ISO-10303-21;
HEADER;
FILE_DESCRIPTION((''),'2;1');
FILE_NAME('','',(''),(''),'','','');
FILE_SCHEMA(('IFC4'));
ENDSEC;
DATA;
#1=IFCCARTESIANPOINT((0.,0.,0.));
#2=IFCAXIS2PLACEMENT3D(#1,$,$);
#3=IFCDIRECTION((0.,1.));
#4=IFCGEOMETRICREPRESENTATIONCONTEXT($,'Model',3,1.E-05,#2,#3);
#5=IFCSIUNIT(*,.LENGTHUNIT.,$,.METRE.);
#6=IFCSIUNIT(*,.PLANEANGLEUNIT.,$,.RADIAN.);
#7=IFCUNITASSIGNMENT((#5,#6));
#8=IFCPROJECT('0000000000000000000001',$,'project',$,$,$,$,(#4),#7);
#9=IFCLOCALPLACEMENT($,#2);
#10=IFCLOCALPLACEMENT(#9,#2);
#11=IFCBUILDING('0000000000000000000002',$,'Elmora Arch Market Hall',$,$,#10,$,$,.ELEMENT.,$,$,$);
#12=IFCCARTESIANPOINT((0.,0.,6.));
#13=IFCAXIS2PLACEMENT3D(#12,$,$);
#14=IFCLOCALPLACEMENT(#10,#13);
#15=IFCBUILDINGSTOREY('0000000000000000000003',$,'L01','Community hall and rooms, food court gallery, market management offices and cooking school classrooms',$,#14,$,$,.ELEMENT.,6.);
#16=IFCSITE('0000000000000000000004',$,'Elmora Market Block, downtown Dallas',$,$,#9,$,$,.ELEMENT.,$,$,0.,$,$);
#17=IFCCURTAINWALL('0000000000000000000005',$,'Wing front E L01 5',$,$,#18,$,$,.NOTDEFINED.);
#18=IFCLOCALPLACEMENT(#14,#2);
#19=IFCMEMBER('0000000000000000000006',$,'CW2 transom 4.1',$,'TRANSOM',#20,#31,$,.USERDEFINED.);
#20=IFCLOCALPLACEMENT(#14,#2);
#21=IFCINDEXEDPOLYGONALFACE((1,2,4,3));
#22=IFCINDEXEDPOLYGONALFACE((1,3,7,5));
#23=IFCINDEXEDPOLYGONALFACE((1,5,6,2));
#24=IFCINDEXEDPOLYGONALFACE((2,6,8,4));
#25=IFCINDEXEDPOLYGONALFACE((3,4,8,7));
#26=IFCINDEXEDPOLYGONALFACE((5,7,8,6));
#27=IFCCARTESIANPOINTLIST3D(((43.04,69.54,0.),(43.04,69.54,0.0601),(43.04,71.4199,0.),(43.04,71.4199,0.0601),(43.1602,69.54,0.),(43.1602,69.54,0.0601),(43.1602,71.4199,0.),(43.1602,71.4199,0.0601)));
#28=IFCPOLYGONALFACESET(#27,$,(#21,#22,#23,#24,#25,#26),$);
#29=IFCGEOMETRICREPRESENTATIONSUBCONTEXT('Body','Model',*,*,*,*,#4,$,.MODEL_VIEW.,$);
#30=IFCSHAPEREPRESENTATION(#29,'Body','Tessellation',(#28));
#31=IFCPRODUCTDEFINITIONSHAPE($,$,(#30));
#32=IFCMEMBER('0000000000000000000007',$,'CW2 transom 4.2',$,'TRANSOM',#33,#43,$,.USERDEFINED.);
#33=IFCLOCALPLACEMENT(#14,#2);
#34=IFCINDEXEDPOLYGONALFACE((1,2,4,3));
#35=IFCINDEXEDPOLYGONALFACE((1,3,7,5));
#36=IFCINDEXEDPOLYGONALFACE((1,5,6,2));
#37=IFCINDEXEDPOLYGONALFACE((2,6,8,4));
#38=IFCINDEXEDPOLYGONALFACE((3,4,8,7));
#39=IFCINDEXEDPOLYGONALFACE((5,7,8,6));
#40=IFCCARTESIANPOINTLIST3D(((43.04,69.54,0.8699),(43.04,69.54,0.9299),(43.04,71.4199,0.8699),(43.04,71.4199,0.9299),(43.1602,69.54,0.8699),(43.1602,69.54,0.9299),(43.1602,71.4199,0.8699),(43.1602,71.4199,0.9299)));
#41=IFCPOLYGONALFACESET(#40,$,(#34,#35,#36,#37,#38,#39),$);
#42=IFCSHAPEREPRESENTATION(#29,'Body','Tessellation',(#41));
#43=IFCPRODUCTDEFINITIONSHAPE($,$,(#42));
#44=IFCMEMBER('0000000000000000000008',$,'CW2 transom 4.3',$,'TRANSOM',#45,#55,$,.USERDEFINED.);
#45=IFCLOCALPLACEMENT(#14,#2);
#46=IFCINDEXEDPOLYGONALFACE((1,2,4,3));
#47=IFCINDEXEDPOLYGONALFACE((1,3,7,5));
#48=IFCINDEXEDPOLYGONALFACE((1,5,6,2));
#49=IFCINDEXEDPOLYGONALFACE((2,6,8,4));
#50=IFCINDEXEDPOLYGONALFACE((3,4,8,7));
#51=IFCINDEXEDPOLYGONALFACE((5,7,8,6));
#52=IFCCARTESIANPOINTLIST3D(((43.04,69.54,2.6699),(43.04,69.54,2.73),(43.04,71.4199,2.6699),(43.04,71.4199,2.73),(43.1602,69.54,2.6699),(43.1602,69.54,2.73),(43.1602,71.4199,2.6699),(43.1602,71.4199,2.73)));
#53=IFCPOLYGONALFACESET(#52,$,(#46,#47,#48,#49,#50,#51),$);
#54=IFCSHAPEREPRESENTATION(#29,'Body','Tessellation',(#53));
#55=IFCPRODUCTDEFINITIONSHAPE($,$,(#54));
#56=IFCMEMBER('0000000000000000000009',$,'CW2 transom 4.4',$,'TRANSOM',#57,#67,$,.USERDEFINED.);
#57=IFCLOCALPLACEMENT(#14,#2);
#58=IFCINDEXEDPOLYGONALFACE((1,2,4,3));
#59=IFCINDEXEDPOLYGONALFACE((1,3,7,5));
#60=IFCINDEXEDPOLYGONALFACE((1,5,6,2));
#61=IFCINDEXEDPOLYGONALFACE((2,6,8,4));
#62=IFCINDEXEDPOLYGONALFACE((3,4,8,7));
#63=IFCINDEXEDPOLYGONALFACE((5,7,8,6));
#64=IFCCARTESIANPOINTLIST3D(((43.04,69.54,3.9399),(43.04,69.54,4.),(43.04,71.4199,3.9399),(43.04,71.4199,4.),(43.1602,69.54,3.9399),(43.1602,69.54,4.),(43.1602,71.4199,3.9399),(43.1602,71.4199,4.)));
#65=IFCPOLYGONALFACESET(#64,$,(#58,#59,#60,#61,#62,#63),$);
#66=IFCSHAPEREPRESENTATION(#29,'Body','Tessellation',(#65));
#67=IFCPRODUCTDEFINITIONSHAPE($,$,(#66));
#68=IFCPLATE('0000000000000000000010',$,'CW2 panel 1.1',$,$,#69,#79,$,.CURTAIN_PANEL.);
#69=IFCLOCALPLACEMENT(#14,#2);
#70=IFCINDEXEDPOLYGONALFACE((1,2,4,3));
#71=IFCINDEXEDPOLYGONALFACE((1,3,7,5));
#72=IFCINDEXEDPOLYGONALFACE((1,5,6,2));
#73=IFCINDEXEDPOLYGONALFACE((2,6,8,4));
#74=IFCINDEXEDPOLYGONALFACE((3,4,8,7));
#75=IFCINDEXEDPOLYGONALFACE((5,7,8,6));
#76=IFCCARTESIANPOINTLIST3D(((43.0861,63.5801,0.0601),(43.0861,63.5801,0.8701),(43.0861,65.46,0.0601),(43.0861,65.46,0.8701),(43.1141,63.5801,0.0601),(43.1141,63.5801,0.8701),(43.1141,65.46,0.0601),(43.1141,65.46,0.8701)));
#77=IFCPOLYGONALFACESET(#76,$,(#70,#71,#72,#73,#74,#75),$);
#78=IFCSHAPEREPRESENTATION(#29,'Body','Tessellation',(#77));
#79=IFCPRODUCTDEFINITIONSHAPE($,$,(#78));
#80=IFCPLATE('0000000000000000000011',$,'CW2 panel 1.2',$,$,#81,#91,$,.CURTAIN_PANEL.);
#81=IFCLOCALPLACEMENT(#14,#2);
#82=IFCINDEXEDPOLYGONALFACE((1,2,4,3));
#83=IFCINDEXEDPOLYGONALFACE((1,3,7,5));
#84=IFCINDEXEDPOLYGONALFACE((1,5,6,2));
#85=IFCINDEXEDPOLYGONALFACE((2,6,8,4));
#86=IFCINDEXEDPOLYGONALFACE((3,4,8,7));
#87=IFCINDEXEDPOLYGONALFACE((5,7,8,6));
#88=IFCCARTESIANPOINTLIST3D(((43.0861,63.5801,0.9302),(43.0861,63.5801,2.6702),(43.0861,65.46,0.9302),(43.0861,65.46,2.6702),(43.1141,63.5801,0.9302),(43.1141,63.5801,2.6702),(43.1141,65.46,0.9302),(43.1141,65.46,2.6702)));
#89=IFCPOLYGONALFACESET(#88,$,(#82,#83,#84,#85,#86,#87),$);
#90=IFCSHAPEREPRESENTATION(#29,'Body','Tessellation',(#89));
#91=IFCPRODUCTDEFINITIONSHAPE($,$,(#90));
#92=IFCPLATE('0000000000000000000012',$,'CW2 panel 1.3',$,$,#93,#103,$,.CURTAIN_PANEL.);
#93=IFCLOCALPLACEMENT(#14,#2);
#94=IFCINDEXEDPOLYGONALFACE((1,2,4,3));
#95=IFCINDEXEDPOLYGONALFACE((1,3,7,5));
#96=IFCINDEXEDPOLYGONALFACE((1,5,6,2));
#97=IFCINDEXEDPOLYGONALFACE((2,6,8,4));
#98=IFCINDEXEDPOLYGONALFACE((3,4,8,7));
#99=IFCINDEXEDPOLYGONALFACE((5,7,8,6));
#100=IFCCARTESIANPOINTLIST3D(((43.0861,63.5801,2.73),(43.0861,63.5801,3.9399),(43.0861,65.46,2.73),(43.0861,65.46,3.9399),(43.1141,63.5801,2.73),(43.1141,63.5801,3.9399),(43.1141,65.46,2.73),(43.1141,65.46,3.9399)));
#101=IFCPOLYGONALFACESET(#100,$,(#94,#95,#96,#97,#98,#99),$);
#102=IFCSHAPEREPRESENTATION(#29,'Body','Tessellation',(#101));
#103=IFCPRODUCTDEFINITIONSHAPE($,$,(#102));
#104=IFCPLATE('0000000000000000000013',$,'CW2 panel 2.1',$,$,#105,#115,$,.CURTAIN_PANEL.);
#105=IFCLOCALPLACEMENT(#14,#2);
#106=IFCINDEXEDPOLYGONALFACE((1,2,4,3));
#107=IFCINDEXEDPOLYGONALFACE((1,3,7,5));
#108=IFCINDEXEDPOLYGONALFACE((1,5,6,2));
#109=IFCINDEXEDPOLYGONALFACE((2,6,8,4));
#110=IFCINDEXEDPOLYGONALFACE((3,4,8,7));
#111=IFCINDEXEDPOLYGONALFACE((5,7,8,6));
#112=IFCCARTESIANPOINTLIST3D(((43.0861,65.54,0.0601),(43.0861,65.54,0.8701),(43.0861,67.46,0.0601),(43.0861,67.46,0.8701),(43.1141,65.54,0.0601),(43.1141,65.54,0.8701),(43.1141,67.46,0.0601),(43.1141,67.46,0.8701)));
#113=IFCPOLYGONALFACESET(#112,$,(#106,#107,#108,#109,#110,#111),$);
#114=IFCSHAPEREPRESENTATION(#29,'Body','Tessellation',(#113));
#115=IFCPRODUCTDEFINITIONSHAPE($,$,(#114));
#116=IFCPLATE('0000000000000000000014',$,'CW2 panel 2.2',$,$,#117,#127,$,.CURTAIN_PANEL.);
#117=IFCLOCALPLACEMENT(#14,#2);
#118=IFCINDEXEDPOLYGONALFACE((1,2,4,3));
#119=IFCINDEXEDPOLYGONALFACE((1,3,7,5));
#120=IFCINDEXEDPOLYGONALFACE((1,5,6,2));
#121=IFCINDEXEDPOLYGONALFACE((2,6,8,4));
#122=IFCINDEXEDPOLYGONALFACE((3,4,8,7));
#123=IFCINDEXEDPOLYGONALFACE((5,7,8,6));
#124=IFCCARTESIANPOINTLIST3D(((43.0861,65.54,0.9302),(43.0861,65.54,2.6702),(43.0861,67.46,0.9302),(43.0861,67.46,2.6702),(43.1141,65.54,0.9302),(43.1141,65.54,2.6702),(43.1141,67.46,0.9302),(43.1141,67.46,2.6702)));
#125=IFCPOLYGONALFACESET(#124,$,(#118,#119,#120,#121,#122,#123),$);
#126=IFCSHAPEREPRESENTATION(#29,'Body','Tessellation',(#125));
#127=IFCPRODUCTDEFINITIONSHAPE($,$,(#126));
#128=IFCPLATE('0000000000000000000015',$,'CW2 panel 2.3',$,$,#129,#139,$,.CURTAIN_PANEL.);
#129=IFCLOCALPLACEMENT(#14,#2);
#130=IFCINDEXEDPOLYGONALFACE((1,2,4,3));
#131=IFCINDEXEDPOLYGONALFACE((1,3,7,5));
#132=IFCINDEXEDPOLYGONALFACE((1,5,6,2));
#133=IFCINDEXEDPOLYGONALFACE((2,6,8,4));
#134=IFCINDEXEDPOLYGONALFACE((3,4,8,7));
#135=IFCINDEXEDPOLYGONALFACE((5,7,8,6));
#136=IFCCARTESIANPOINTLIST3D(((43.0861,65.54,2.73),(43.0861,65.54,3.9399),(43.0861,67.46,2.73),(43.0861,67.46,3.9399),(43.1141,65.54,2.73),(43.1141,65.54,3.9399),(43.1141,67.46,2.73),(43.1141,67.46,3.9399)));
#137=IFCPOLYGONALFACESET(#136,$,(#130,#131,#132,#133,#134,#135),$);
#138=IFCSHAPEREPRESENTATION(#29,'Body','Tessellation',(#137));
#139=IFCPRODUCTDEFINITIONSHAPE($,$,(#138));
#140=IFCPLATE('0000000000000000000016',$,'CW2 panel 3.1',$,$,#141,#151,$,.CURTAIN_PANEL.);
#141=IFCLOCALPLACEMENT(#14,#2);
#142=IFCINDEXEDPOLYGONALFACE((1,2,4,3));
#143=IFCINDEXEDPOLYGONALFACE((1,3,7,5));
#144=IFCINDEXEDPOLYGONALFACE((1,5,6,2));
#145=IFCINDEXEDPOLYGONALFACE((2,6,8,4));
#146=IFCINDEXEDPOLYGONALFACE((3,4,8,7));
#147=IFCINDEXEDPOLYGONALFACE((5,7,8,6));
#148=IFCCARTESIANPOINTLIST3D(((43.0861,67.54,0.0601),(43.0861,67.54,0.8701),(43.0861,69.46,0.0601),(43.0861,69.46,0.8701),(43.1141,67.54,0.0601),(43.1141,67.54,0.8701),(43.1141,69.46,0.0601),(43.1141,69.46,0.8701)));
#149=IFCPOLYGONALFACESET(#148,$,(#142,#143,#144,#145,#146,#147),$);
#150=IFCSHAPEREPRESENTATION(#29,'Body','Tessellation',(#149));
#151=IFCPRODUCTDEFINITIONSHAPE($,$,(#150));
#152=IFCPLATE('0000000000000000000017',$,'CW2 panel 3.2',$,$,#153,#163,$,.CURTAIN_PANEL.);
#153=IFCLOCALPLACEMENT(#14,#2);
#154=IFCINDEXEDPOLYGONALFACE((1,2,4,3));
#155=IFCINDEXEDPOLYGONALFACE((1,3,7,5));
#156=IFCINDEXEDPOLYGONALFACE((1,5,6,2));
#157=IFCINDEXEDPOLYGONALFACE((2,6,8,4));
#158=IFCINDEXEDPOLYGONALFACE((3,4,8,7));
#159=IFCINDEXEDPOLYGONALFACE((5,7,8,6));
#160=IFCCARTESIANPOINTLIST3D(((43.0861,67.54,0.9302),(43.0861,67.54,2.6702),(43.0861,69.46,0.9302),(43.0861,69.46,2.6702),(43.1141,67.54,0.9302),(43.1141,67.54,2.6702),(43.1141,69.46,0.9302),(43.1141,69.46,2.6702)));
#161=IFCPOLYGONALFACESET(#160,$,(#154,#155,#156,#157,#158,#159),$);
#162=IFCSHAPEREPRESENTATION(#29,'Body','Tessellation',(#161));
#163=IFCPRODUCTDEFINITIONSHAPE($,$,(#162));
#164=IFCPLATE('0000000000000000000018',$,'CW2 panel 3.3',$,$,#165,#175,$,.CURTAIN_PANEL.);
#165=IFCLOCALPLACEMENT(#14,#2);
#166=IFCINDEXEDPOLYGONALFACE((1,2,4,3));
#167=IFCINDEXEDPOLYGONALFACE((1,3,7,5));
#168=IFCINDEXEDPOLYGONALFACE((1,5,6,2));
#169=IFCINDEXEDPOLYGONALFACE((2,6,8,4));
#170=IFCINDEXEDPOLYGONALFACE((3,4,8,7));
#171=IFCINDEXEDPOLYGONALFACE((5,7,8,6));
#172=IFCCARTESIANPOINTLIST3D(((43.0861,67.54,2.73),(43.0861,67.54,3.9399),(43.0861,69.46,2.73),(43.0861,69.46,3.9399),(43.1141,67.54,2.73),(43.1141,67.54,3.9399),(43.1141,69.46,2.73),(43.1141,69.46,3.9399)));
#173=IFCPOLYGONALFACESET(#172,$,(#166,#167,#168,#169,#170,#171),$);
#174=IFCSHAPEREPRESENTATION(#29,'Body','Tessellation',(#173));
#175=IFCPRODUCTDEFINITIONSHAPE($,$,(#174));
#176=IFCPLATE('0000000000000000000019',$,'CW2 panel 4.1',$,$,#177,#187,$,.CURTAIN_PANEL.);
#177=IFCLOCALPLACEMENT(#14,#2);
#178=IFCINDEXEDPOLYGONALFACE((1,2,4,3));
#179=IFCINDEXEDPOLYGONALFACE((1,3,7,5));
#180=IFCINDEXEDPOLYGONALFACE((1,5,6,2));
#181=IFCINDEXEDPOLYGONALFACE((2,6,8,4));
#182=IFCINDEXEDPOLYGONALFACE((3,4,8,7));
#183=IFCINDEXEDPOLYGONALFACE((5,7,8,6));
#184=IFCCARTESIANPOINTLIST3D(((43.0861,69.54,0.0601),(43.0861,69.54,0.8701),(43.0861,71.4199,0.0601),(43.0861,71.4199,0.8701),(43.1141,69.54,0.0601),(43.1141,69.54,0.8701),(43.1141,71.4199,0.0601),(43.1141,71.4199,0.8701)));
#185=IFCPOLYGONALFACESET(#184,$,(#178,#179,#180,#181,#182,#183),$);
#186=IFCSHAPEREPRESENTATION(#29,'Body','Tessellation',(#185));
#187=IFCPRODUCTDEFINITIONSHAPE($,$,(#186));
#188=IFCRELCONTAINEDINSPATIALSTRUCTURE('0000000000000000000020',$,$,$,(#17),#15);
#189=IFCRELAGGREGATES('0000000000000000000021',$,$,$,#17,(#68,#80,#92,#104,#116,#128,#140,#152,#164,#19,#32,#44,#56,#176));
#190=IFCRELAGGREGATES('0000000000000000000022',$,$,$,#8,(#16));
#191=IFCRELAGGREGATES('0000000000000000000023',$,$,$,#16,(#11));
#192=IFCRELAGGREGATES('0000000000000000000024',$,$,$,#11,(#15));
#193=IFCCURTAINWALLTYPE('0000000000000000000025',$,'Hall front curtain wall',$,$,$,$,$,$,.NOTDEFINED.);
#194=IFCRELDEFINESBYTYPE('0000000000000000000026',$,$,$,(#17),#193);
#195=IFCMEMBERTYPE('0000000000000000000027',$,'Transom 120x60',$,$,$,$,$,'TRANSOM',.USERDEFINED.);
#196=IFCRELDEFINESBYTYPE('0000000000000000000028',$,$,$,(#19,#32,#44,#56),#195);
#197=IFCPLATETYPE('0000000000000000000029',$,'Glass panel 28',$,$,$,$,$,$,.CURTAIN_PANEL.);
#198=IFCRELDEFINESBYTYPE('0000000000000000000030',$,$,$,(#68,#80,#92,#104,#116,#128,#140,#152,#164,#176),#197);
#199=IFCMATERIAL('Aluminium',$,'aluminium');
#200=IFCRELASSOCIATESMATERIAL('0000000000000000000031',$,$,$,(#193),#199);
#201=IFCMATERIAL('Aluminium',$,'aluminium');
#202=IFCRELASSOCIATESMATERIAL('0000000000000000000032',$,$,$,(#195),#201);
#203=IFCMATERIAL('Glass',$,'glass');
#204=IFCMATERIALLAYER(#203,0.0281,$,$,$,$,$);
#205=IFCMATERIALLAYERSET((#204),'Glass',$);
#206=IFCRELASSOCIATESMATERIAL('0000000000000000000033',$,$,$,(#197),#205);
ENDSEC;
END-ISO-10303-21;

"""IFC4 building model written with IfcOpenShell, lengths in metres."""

from ifc_helpers import new_model, si_unit, direction, frame, origin, origin_2d, place, context, subcontext, project, spatial, rectangle, extrude, material, layer, layer_set, material_profile, profile_set, type_object, element, aggregate, save


model = new_model("IFC4")

# Units and contexts
model_context = context("Model", 3, precision=1e-05, world=origin(), true_north=direction((0.0, 1.0)))
body_context = subcontext(model_context, "Body", "Model", "MODEL_VIEW")
ifc_project = project(units=[si_unit("LENGTHUNIT", "METRE"), si_unit("PLANEANGLEUNIT", "RADIAN")], contexts=[model_context])

# Site, building, storey
site_placement = place(None, origin())
site = spatial("IfcSite", under=ifc_project, at=site_placement, Name="Elmora Market Block, downtown Dallas", CompositionType="ELEMENT", RefElevation=0.0)
building_placement = place(site_placement, origin())
building = spatial("IfcBuilding", under=site, at=building_placement, Name="Elmora Arch Market Hall", CompositionType="ELEMENT")
storey_placement = place(building_placement, frame((0.0, 0.0, 6.0)))
storey = spatial("IfcBuildingStorey", under=building, at=storey_placement, Name="L01", Description="Community hall and rooms, food court gallery, market management offices and cooking school classrooms", CompositionType="ELEMENT", Elevation=6.0)

# Curtain wall, members, plates
ifc_material_1 = material(Name="Aluminium", Category="aluminium")
curtain_wall_type = type_object("IfcCurtainWallType", Name="Hall front curtain wall", PredefinedType="NOTDEFINED", material=ifc_material_1)
curtain_wall_placement = place(storey_placement, origin())
curtain_wall = element("IfcCurtainWall", 1, at=curtain_wall_placement, inside=storey, type_object=curtain_wall_type, Name="Wing front E L01 5", PredefinedType="NOTDEFINED")
ifc_material_2 = material(Name="Aluminium", Category="aluminium")
ifc_material_profile_1 = material_profile(ifc_material_2, rectangle(XDim=0.1201, YDim=0.0601, at=origin_2d()), Name="AL 120x60")
ifc_profile_set_1 = profile_set([ifc_material_profile_1], Name="Aluminium")
member_type_1 = type_object("IfcMemberType", Name="Transom 120x60", ElementType="TRANSOM", PredefinedType="USERDEFINED", material=ifc_profile_set_1)
member_1_placement = place(storey_placement, frame((43.1001, 69.54, 0.03), z_axis=(0.0, 1.0, 0.0), x_axis=(-1.0, 0.0, 0.0)))
member_1 = element("IfcMember", 2, at=member_1_placement, type_object=member_type_1, Name="CW2 transom 4.1", ObjectType="TRANSOM", PredefinedType="USERDEFINED", context=body_context, shape_type="SweptSolid", body=[
    extrude(rectangle(XDim=0.1201, YDim=0.0601, at=origin_2d()), origin(), (0.0, 0.0, 1.0), 1.8799),
])
member_2_placement = place(storey_placement, frame((43.1001, 69.54, 0.8999), z_axis=(0.0, 1.0, 0.0), x_axis=(-1.0, 0.0, 0.0)))
member_2 = element("IfcMember", 3, at=member_2_placement, type_object=member_type_1, Name="CW2 transom 4.2", ObjectType="TRANSOM", PredefinedType="USERDEFINED", context=body_context, shape_type="SweptSolid", body=[
    extrude(rectangle(XDim=0.1201, YDim=0.0601, at=origin_2d()), origin(), (0.0, 0.0, 1.0), 1.8799),
])
member_3_placement = place(storey_placement, frame((43.1001, 69.54, 2.7), z_axis=(0.0, 1.0, 0.0), x_axis=(-1.0, 0.0, 0.0)))
member_3 = element("IfcMember", 4, at=member_3_placement, type_object=member_type_1, Name="CW2 transom 4.3", ObjectType="TRANSOM", PredefinedType="USERDEFINED", context=body_context, shape_type="SweptSolid", body=[
    extrude(rectangle(XDim=0.1201, YDim=0.0601, at=origin_2d()), origin(), (0.0, 0.0, 1.0), 1.8799),
])
member_4_placement = place(storey_placement, frame((43.1001, 69.54, 3.97), z_axis=(0.0, 1.0, 0.0), x_axis=(-1.0, 0.0, 0.0)))
member_4 = element("IfcMember", 5, at=member_4_placement, type_object=member_type_1, Name="CW2 transom 4.4", ObjectType="TRANSOM", PredefinedType="USERDEFINED", context=body_context, shape_type="SweptSolid", body=[
    extrude(rectangle(XDim=0.1201, YDim=0.0601, at=origin_2d()), origin(), (0.0, 0.0, 1.0), 1.8799),
])
ifc_material_3 = material(Name="Glass", Category="glass")
ifc_layer = layer(ifc_material_3, 0.0281)
ifc_layer_set = layer_set([ifc_layer], Name="Glass")
plate_type = type_object("IfcPlateType", Name="Glass panel 28", PredefinedType="CURTAIN_PANEL", material=ifc_layer_set)
plate_1_placement = place(storey_placement, frame((43.1001, 64.52, 0.0601), z_axis=(0.0, 0.0, 1.0), x_axis=(0.0, 1.0, 0.0)))
plate_1 = element("IfcPlate", 6, at=plate_1_placement, type_object=plate_type, Name="CW2 panel 1.1", PredefinedType="CURTAIN_PANEL", context=body_context, shape_type="SweptSolid", body=[
    extrude(rectangle(XDim=1.8799, YDim=0.0281, at=origin_2d()), origin(), (0.0, 0.0, 1.0), 0.8101),
])
plate_2_placement = place(storey_placement, frame((43.1001, 64.52, 0.9302), z_axis=(0.0, 0.0, 1.0), x_axis=(0.0, 1.0, 0.0)))
plate_2 = element("IfcPlate", 7, at=plate_2_placement, type_object=plate_type, Name="CW2 panel 1.2", PredefinedType="CURTAIN_PANEL", context=body_context, shape_type="SweptSolid", body=[
    extrude(rectangle(XDim=1.8799, YDim=0.0281, at=origin_2d()), origin(), (0.0, 0.0, 1.0), 1.74),
])
plate_3_placement = place(storey_placement, frame((43.1001, 64.52, 2.73), z_axis=(0.0, 0.0, 1.0), x_axis=(0.0, 1.0, 0.0)))
plate_3 = element("IfcPlate", 8, at=plate_3_placement, type_object=plate_type, Name="CW2 panel 1.3", PredefinedType="CURTAIN_PANEL", context=body_context, shape_type="SweptSolid", body=[
    extrude(rectangle(XDim=1.8799, YDim=0.0281, at=origin_2d()), origin(), (0.0, 0.0, 1.0), 1.21),
])
plate_4_placement = place(storey_placement, frame((43.1001, 66.5, 0.0601), z_axis=(0.0, 0.0, 1.0), x_axis=(0.0, 1.0, 0.0)))
plate_4 = element("IfcPlate", 9, at=plate_4_placement, type_object=plate_type, Name="CW2 panel 2.1", PredefinedType="CURTAIN_PANEL", context=body_context, shape_type="SweptSolid", body=[
    extrude(rectangle(XDim=1.9199, YDim=0.0281, at=origin_2d()), origin(), (0.0, 0.0, 1.0), 0.8101),
])
plate_5_placement = place(storey_placement, frame((43.1001, 66.5, 0.9302), z_axis=(0.0, 0.0, 1.0), x_axis=(0.0, 1.0, 0.0)))
plate_5 = element("IfcPlate", 10, at=plate_5_placement, type_object=plate_type, Name="CW2 panel 2.2", PredefinedType="CURTAIN_PANEL", context=body_context, shape_type="SweptSolid", body=[
    extrude(rectangle(XDim=1.9199, YDim=0.0281, at=origin_2d()), origin(), (0.0, 0.0, 1.0), 1.74),
])
plate_6_placement = place(storey_placement, frame((43.1001, 66.5, 2.73), z_axis=(0.0, 0.0, 1.0), x_axis=(0.0, 1.0, 0.0)))
plate_6 = element("IfcPlate", 11, at=plate_6_placement, type_object=plate_type, Name="CW2 panel 2.3", PredefinedType="CURTAIN_PANEL", context=body_context, shape_type="SweptSolid", body=[
    extrude(rectangle(XDim=1.9199, YDim=0.0281, at=origin_2d()), origin(), (0.0, 0.0, 1.0), 1.21),
])
plate_7_placement = place(storey_placement, frame((43.1001, 68.5, 0.0601), z_axis=(0.0, 0.0, 1.0), x_axis=(0.0, 1.0, 0.0)))
plate_7 = element("IfcPlate", 12, at=plate_7_placement, type_object=plate_type, Name="CW2 panel 3.1", PredefinedType="CURTAIN_PANEL", context=body_context, shape_type="SweptSolid", body=[
    extrude(rectangle(XDim=1.9199, YDim=0.0281, at=origin_2d()), origin(), (0.0, 0.0, 1.0), 0.8101),
])
plate_8_placement = place(storey_placement, frame((43.1001, 68.5, 0.9302), z_axis=(0.0, 0.0, 1.0), x_axis=(0.0, 1.0, 0.0)))
plate_8 = element("IfcPlate", 13, at=plate_8_placement, type_object=plate_type, Name="CW2 panel 3.2", PredefinedType="CURTAIN_PANEL", context=body_context, shape_type="SweptSolid", body=[
    extrude(rectangle(XDim=1.9199, YDim=0.0281, at=origin_2d()), origin(), (0.0, 0.0, 1.0), 1.74),
])
plate_9_placement = place(storey_placement, frame((43.1001, 68.5, 2.73), z_axis=(0.0, 0.0, 1.0), x_axis=(0.0, 1.0, 0.0)))
plate_9 = element("IfcPlate", 14, at=plate_9_placement, type_object=plate_type, Name="CW2 panel 3.3", PredefinedType="CURTAIN_PANEL", context=body_context, shape_type="SweptSolid", body=[
    extrude(rectangle(XDim=1.9199, YDim=0.0281, at=origin_2d()), origin(), (0.0, 0.0, 1.0), 1.21),
])
plate_10_placement = place(storey_placement, frame((43.1001, 70.48, 0.0601), z_axis=(0.0, 0.0, 1.0), x_axis=(0.0, 1.0, 0.0)))
plate_10 = element("IfcPlate", 15, at=plate_10_placement, type_object=plate_type, Name="CW2 panel 4.1", PredefinedType="CURTAIN_PANEL", context=body_context, shape_type="SweptSolid", body=[
    extrude(rectangle(XDim=1.8799, YDim=0.0281, at=origin_2d()), origin(), (0.0, 0.0, 1.0), 0.8101),
])
aggregate(curtain_wall, [plate_1, plate_2, plate_3, plate_4, plate_5, plate_6, plate_7, plate_8, plate_9, member_1, member_2, member_3, member_4, plate_10])

save(model, "model.ifc")
